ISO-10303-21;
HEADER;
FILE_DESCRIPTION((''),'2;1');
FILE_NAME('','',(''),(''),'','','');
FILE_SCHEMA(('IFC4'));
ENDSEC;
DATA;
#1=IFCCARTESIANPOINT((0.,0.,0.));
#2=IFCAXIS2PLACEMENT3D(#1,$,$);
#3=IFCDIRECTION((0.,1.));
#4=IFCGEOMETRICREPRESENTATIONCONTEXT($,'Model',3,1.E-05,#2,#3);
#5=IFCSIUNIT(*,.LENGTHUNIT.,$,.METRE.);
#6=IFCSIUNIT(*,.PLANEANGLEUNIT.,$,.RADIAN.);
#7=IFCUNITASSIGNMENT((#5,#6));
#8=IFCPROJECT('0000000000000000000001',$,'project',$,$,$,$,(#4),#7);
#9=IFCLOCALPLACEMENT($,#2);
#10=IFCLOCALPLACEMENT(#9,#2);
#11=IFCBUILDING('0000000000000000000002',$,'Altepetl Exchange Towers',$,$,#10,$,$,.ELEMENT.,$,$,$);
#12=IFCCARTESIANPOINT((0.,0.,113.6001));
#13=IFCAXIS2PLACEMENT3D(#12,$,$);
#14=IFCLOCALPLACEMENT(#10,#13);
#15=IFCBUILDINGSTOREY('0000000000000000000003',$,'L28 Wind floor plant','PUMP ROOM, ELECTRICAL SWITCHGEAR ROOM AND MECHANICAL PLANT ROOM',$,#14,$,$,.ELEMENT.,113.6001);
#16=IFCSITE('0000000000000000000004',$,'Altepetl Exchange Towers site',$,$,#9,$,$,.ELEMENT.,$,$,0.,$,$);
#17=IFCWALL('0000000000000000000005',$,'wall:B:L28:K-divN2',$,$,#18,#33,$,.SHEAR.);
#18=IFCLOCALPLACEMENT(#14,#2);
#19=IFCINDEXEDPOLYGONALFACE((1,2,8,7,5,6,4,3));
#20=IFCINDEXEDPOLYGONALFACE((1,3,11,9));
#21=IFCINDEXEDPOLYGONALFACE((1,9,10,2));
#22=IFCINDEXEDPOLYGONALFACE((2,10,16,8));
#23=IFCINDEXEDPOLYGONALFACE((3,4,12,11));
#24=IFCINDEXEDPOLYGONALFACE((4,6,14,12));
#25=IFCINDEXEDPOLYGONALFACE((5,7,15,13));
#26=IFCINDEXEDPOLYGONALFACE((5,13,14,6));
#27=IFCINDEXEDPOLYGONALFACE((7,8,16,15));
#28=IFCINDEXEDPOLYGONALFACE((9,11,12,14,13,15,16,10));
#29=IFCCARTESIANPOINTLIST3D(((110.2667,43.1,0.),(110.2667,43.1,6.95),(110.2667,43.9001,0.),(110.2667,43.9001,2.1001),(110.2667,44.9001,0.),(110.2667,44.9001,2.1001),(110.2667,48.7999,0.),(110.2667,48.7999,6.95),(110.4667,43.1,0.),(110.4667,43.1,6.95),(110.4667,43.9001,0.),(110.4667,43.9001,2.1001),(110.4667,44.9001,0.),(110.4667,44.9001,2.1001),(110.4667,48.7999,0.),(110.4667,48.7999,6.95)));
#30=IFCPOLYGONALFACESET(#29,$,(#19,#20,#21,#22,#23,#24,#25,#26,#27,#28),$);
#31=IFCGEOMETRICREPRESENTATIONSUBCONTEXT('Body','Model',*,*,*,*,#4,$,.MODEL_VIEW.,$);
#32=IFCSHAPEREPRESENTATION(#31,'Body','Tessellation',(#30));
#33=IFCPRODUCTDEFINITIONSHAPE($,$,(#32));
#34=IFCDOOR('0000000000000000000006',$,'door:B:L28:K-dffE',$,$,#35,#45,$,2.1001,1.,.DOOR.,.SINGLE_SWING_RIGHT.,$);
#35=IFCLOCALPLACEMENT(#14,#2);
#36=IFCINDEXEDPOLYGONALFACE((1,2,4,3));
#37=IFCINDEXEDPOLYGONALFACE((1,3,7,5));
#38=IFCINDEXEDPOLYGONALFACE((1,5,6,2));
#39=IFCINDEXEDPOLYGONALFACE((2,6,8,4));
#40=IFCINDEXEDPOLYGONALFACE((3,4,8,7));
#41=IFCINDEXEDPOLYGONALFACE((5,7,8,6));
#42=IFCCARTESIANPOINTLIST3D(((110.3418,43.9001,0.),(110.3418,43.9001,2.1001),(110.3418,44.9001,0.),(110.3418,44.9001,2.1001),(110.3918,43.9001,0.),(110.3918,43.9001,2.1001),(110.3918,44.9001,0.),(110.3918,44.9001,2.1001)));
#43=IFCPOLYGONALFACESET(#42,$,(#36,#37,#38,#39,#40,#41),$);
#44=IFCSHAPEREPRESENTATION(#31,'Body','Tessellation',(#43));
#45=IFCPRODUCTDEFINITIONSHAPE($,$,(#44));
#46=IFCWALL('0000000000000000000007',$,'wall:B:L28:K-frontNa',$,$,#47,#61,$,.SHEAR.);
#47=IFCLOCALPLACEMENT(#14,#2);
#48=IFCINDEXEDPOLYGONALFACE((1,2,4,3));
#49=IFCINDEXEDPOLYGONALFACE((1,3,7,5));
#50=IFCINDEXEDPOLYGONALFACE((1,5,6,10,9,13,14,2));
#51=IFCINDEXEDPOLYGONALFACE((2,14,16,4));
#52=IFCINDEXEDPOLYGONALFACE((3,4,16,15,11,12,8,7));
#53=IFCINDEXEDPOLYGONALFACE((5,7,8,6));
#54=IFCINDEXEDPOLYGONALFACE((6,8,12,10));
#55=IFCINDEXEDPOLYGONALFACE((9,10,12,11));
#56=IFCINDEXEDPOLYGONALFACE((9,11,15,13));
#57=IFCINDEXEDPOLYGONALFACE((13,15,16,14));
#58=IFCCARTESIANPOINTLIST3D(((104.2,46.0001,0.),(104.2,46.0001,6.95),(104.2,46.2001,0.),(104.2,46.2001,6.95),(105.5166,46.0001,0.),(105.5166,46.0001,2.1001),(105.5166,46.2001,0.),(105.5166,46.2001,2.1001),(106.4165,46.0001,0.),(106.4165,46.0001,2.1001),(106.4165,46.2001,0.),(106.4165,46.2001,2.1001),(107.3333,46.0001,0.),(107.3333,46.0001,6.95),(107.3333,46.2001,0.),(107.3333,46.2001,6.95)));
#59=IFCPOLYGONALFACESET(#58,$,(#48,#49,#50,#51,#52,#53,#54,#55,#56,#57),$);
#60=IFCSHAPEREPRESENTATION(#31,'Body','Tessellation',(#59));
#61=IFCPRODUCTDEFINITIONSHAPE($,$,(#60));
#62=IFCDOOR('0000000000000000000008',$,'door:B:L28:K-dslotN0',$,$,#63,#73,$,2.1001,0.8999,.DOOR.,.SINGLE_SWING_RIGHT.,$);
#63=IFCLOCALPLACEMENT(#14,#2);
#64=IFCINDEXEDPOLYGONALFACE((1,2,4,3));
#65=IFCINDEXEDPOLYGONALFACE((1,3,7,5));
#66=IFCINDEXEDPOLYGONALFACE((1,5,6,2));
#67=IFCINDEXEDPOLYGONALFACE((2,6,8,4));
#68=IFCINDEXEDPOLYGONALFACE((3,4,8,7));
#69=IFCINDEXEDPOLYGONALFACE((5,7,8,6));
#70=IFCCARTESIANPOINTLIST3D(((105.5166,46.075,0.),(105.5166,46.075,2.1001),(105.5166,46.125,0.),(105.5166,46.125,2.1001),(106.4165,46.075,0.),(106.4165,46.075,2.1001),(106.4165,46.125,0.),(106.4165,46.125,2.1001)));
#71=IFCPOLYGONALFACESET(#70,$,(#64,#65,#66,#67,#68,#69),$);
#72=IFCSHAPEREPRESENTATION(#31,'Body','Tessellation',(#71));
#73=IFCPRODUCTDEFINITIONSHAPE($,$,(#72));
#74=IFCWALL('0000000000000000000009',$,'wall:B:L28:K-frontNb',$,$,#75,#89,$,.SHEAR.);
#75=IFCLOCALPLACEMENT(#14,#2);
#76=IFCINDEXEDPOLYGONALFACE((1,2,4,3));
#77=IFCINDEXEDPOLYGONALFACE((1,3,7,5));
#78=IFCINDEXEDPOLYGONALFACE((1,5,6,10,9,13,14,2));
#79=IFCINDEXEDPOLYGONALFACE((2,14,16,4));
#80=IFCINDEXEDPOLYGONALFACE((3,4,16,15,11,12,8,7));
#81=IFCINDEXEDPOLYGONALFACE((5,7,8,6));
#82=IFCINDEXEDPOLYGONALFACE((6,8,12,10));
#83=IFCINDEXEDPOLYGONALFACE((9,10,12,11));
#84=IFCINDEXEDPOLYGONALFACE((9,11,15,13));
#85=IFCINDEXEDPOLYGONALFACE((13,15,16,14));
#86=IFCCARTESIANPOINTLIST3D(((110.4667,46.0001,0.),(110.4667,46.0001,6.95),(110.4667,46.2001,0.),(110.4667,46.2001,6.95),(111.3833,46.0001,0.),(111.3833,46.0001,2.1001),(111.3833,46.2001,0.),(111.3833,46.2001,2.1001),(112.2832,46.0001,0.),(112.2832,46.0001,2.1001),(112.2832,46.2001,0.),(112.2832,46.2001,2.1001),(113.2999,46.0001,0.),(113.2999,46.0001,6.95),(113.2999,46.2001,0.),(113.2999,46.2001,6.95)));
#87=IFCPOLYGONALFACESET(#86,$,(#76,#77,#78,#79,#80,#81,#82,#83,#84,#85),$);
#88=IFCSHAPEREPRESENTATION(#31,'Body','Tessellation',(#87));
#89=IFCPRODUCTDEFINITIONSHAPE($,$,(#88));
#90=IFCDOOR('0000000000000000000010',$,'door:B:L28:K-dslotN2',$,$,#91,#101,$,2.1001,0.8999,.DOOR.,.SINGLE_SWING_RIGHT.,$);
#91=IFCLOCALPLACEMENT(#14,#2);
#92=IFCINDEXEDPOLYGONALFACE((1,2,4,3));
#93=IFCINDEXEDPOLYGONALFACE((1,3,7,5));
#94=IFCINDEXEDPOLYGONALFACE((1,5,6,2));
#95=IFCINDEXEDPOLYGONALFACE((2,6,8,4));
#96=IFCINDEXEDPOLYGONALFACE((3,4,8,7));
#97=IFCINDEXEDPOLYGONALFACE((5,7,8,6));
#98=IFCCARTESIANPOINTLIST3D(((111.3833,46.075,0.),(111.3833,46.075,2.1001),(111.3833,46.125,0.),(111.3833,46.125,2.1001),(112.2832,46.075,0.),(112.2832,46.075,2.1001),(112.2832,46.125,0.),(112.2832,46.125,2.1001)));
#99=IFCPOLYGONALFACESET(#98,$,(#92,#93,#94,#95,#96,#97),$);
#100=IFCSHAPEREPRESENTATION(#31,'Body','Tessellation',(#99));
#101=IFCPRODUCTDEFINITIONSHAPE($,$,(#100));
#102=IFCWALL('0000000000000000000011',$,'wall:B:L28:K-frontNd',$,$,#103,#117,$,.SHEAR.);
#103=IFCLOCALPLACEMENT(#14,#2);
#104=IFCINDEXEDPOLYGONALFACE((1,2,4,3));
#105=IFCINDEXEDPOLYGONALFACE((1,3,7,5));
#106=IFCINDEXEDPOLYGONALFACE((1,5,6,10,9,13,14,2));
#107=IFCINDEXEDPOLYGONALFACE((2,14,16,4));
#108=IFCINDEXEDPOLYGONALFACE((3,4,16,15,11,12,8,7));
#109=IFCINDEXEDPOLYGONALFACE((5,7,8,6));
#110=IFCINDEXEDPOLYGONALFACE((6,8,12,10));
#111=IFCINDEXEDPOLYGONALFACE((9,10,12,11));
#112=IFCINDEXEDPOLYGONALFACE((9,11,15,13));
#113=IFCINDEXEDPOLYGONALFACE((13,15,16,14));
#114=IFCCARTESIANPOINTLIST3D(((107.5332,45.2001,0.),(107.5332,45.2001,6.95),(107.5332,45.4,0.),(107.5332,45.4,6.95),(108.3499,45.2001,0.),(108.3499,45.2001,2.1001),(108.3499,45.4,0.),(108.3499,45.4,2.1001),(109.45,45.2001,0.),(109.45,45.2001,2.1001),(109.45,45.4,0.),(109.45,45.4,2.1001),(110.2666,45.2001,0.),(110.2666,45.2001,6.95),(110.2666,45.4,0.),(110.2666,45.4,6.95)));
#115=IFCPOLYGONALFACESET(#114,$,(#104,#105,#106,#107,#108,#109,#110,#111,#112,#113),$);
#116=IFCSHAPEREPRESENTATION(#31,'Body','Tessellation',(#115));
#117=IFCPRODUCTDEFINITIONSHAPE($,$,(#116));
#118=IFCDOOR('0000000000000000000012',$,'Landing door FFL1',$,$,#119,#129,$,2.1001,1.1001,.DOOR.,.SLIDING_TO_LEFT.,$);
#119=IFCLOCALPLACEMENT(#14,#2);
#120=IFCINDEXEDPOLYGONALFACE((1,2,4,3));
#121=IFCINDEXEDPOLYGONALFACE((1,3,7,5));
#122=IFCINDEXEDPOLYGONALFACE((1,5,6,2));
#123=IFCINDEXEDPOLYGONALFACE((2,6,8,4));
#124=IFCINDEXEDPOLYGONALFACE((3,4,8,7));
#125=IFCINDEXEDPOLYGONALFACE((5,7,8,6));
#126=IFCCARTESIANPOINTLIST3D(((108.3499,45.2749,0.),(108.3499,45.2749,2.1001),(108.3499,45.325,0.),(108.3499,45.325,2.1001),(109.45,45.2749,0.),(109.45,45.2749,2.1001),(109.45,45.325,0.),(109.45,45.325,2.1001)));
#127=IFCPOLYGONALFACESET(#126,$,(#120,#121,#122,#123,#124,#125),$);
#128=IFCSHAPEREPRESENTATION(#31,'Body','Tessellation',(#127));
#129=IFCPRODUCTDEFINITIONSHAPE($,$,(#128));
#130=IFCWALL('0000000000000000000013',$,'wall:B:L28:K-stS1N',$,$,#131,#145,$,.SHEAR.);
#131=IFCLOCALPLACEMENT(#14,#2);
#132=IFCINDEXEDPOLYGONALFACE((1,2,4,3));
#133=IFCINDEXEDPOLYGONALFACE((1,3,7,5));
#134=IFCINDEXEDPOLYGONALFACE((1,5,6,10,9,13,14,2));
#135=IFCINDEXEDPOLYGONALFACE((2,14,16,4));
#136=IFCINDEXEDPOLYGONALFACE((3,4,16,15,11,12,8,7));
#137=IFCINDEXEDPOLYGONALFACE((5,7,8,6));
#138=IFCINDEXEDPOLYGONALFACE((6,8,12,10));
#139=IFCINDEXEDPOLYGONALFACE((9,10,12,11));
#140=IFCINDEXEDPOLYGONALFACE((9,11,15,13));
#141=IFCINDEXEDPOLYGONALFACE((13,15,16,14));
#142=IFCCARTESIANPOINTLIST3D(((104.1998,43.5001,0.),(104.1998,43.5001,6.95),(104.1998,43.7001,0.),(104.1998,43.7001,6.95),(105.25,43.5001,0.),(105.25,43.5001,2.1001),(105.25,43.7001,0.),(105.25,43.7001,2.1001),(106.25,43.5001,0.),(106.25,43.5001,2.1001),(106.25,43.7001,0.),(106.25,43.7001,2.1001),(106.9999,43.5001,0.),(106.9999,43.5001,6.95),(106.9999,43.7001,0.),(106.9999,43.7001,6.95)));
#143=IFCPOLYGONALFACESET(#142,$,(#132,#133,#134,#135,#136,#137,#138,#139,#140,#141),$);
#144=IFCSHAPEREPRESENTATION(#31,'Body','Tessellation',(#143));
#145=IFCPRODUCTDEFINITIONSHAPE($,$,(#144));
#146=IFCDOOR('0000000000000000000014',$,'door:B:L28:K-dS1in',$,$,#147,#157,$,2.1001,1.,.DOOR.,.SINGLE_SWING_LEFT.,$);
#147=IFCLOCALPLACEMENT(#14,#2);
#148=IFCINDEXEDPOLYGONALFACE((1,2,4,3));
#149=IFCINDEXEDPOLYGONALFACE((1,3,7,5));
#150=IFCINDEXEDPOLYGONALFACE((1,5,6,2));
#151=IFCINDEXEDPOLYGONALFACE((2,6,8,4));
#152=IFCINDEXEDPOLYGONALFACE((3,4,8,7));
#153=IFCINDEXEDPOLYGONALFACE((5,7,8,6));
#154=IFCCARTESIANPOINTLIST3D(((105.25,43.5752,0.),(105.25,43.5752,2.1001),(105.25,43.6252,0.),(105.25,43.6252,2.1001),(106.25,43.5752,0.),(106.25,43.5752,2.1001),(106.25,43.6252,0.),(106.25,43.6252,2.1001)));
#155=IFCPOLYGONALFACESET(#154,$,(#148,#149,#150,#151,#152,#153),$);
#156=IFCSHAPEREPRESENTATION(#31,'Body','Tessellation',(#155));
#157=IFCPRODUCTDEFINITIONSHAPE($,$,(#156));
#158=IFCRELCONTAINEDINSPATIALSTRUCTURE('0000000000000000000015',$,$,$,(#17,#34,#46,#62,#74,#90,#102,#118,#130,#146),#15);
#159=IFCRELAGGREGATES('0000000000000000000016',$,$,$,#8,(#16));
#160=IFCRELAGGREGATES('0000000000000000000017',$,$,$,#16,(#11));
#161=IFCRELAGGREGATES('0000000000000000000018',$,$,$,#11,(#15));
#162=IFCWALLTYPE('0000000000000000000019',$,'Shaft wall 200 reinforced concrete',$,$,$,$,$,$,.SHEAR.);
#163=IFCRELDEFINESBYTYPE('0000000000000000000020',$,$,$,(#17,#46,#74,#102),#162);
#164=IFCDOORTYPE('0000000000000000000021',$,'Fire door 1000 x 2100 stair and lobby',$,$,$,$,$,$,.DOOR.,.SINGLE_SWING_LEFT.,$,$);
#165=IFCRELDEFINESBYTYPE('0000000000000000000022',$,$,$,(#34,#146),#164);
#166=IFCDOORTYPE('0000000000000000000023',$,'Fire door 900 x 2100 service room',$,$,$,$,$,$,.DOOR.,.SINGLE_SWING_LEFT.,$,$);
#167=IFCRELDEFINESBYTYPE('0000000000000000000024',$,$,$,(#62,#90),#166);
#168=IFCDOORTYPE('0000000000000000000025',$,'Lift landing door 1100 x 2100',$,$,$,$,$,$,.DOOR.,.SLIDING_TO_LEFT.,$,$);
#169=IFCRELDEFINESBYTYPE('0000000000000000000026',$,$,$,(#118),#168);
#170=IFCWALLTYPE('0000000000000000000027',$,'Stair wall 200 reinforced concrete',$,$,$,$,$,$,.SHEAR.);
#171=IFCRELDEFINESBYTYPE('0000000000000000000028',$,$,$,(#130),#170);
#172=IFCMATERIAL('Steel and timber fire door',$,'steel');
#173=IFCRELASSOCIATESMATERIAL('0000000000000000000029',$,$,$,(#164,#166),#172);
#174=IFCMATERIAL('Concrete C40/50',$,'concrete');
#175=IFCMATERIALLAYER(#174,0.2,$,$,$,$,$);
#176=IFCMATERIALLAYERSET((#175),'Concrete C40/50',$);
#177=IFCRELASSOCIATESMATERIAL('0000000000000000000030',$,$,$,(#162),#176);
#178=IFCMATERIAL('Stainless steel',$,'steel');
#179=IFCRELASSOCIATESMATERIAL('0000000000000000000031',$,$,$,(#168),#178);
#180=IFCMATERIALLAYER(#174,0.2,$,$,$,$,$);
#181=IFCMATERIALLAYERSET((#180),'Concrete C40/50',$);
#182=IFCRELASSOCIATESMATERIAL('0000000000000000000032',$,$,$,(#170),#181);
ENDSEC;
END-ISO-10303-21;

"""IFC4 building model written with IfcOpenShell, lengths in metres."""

from ifc_helpers import new_model, si_unit, direction, frame, frame_2d, origin, place, context, subcontext, project, spatial, rectangle, extrude, material, layer, layer_set, type_object, element, fill, save


model = new_model("IFC4")

# Units and contexts
model_context = context("Model", 3, precision=1e-05, world=origin(), true_north=direction((0.0, 1.0)))
body_context = subcontext(model_context, "Body", "Model", "MODEL_VIEW")
ifc_project = project(units=[si_unit("LENGTHUNIT", "METRE"), si_unit("PLANEANGLEUNIT", "RADIAN")], contexts=[model_context])

# Site, building, storey
site_placement = place(None, origin())
site = spatial("IfcSite", under=ifc_project, at=site_placement, Name="Altepetl Exchange Towers site", CompositionType="ELEMENT", RefElevation=0.0)
building_placement = place(site_placement, origin())
building = spatial("IfcBuilding", under=site, at=building_placement, Name="Altepetl Exchange Towers", CompositionType="ELEMENT")
storey_placement = place(building_placement, frame((0.0, 0.0, 113.6001)))
storey = spatial("IfcBuildingStorey", under=building, at=storey_placement, Name="L28 Wind floor plant", Description="PUMP ROOM, ELECTRICAL SWITCHGEAR ROOM AND MECHANICAL PLANT ROOM", CompositionType="ELEMENT", Elevation=113.6001)

# Shared definitions
ifc_material_1 = material(Name="Steel and timber fire door", Category="steel")
door_type_1 = type_object("IfcDoorType", Name="Fire door 1000 x 2100 stair and lobby", OperationType="SINGLE_SWING_LEFT", PredefinedType="DOOR", material=ifc_material_1)
door_type_2 = type_object("IfcDoorType", Name="Fire door 900 x 2100 service room", OperationType="SINGLE_SWING_LEFT", PredefinedType="DOOR", material=ifc_material_1)

# Shared definitions
ifc_material_2 = material(Name="Concrete C40/50", Category="concrete")
ifc_layer_1 = layer(ifc_material_2, 0.2)
ifc_layer_set_1 = layer_set([ifc_layer_1], Name="Concrete C40/50")
wall_type_1 = type_object("IfcWallType", Name="Shaft wall 200 reinforced concrete", PredefinedType="SHEAR", material=ifc_layer_set_1)

# Walls, openings, doors
wall_1_placement = place(storey_placement, frame((110.3667, 48.8, 0.0), z_axis=(0.0, 0.0, 1.0), x_axis=(0.0, -1.0, 0.0)))
wall_1 = element("IfcWall", 1, at=wall_1_placement, inside=storey, type_object=wall_type_1, Name="wall:B:L28:K-divN2", PredefinedType="SHEAR", context=body_context, shape_type="SweptSolid", body=[
    extrude(rectangle(XDim=5.7, YDim=0.2, at=frame_2d((2.8501, 0.0))), origin(), (0.0, 0.0, 1.0), 6.95),
])
opening_1_placement = place(wall_1_placement, frame((3.8999, 0.0, 0.0)))
opening_1 = element("IfcOpeningElement", 2, at=opening_1_placement, cuts=wall_1, PredefinedType="OPENING", context=body_context, shape_type="SweptSolid", body=[
    extrude(rectangle(XDim=1.0, YDim=2.1001, at=frame_2d((0.5, 1.05))), frame((0.0, 0.1099, 0.0), z_axis=(0.0, -1.0, 0.0), x_axis=(1.0, 0.0, 0.0)), (0.0, 0.0, 1.0), 0.22),
])
door_1_placement = place(opening_1_placement, frame((1.0, 0.0, 0.0), x_axis=(-1.0, 0.0, 0.0)))
door_1 = element("IfcDoor", 3, at=door_1_placement, inside=storey, type_object=door_type_1, Name="door:B:L28:K-dffE", OperationType="SINGLE_SWING_RIGHT", OverallHeight=2.1001, OverallWidth=1.0, PredefinedType="DOOR", context=body_context, shape_type="SweptSolid", body=[
    extrude(rectangle(XDim=1.0, YDim=2.1001, at=frame_2d((0.5, 1.05))), frame((0.0, 0.0249, 0.0), z_axis=(0.0, -1.0, 0.0), x_axis=(1.0, 0.0, 0.0)), (0.0, 0.0, 1.0), 0.05),
])
fill(opening_1, door_1)
wall_2_placement = place(storey_placement, frame((104.2, 46.1001, 0.0)))
wall_2 = element("IfcWall", 4, at=wall_2_placement, inside=storey, type_object=wall_type_1, Name="wall:B:L28:K-frontNa", PredefinedType="SHEAR", context=body_context, shape_type="SweptSolid", body=[
    extrude(rectangle(XDim=3.1333, YDim=0.2, at=frame_2d((1.5667, 0.0))), origin(), (0.0, 0.0, 1.0), 6.95),
])
opening_2_placement = place(wall_2_placement, frame((1.3167, 0.0, 0.0)))
opening_2 = element("IfcOpeningElement", 5, at=opening_2_placement, cuts=wall_2, PredefinedType="OPENING", context=body_context, shape_type="SweptSolid", body=[
    extrude(rectangle(XDim=0.8999, YDim=2.1001, at=frame_2d((0.45, 1.05))), frame((0.0, 0.1099, 0.0), z_axis=(0.0, -1.0, 0.0), x_axis=(1.0, 0.0, 0.0)), (0.0, 0.0, 1.0), 0.22),
])
door_2_placement = place(opening_2_placement, origin())
door_2 = element("IfcDoor", 6, at=door_2_placement, inside=storey, type_object=door_type_2, Name="door:B:L28:K-dslotN0", OperationType="SINGLE_SWING_RIGHT", OverallHeight=2.1001, OverallWidth=0.8999, PredefinedType="DOOR", context=body_context, shape_type="SweptSolid", body=[
    extrude(rectangle(XDim=0.8999, YDim=2.1001, at=frame_2d((0.45, 1.05))), frame((0.0, 0.0249, 0.0), z_axis=(0.0, -1.0, 0.0), x_axis=(1.0, 0.0, 0.0)), (0.0, 0.0, 1.0), 0.05),
])
fill(opening_2, door_2)
wall_3_placement = place(storey_placement, frame((110.4668, 46.1001, 0.0)))
wall_3 = element("IfcWall", 7, at=wall_3_placement, inside=storey, type_object=wall_type_1, Name="wall:B:L28:K-frontNb", PredefinedType="SHEAR", context=body_context, shape_type="SweptSolid", body=[
    extrude(rectangle(XDim=2.8333, YDim=0.2, at=frame_2d((1.4165, 0.0))), origin(), (0.0, 0.0, 1.0), 6.95),
])
opening_3_placement = place(wall_3_placement, frame((0.9165, 0.0, 0.0)))
opening_3 = element("IfcOpeningElement", 8, at=opening_3_placement, cuts=wall_3, PredefinedType="OPENING", context=body_context, shape_type="SweptSolid", body=[
    extrude(rectangle(XDim=0.8999, YDim=2.1001, at=frame_2d((0.45, 1.05))), frame((0.0, 0.1099, 0.0), z_axis=(0.0, -1.0, 0.0), x_axis=(1.0, 0.0, 0.0)), (0.0, 0.0, 1.0), 0.22),
])
door_3_placement = place(opening_3_placement, origin())
door_3 = element("IfcDoor", 9, at=door_3_placement, inside=storey, type_object=door_type_2, Name="door:B:L28:K-dslotN2", OperationType="SINGLE_SWING_RIGHT", OverallHeight=2.1001, OverallWidth=0.8999, PredefinedType="DOOR", context=body_context, shape_type="SweptSolid", body=[
    extrude(rectangle(XDim=0.8999, YDim=2.1001, at=frame_2d((0.45, 1.05))), frame((0.0, 0.0249, 0.0), z_axis=(0.0, -1.0, 0.0), x_axis=(1.0, 0.0, 0.0)), (0.0, 0.0, 1.0), 0.05),
])
fill(opening_3, door_3)
wall_4_placement = place(storey_placement, frame((107.5332, 45.3, 0.0)))
wall_4 = element("IfcWall", 10, at=wall_4_placement, inside=storey, type_object=wall_type_1, Name="wall:B:L28:K-frontNd", PredefinedType="SHEAR", context=body_context, shape_type="SweptSolid", body=[
    extrude(rectangle(XDim=2.7334, YDim=0.2, at=frame_2d((1.3667, 0.0))), origin(), (0.0, 0.0, 1.0), 6.95),
])
opening_4_placement = place(wall_4_placement, frame((0.8167, 0.0, 0.0)))
opening_4 = element("IfcOpeningElement", 11, at=opening_4_placement, cuts=wall_4, PredefinedType="OPENING", context=body_context, shape_type="SweptSolid", body=[
    extrude(rectangle(XDim=1.1001, YDim=2.1001, at=frame_2d((0.55, 1.05))), frame((0.0, 0.1099, 0.0), z_axis=(0.0, -1.0, 0.0), x_axis=(1.0, 0.0, 0.0)), (0.0, 0.0, 1.0), 0.22),
])
ifc_material_3 = material(Name="Stainless steel", Category="steel")
door_type_3 = type_object("IfcDoorType", Name="Lift landing door 1100 x 2100", OperationType="SLIDING_TO_LEFT", PredefinedType="DOOR", material=ifc_material_3)
door_4_placement = place(opening_4_placement, origin())
door_4 = element("IfcDoor", 12, at=door_4_placement, inside=storey, type_object=door_type_3, Name="Landing door FFL1", OperationType="SLIDING_TO_LEFT", OverallHeight=2.1001, OverallWidth=1.1001, PredefinedType="DOOR", context=body_context, shape_type="SweptSolid", body=[
    extrude(rectangle(XDim=1.1001, YDim=2.1001, at=frame_2d((0.55, 1.05))), frame((0.0, 0.0249, 0.0), z_axis=(0.0, -1.0, 0.0), x_axis=(1.0, 0.0, 0.0)), (0.0, 0.0, 1.0), 0.05),
])
fill(opening_4, door_4)
ifc_layer_2 = layer(ifc_material_2, 0.2)
ifc_layer_set_2 = layer_set([ifc_layer_2], Name="Concrete C40/50")
wall_type_2 = type_object("IfcWallType", Name="Stair wall 200 reinforced concrete", PredefinedType="SHEAR", material=ifc_layer_set_2)
wall_5_placement = place(storey_placement, frame((104.2, 43.6001, 0.0)))
wall_5 = element("IfcWall", 13, at=wall_5_placement, inside=storey, type_object=wall_type_2, Name="wall:B:L28:K-stS1N", PredefinedType="SHEAR", context=body_context, shape_type="SweptSolid", body=[
    extrude(rectangle(XDim=2.8, YDim=0.2, at=frame_2d((1.3999, 0.0))), origin(), (0.0, 0.0, 1.0), 6.95),
])
opening_5_placement = place(wall_5_placement, frame((1.05, 0.0, 0.0)))
opening_5 = element("IfcOpeningElement", 14, at=opening_5_placement, cuts=wall_5, PredefinedType="OPENING", context=body_context, shape_type="SweptSolid", body=[
    extrude(rectangle(XDim=1.0, YDim=2.1001, at=frame_2d((0.5, 1.05))), frame((0.0, 0.1099, 0.0), z_axis=(0.0, -1.0, 0.0), x_axis=(1.0, 0.0, 0.0)), (0.0, 0.0, 1.0), 0.22),
])
door_5_placement = place(opening_5_placement, frame((1.0, 0.0, 0.0), x_axis=(-1.0, 0.0, 0.0)))
door_5 = element("IfcDoor", 15, at=door_5_placement, inside=storey, type_object=door_type_1, Name="door:B:L28:K-dS1in", OperationType="SINGLE_SWING_LEFT", OverallHeight=2.1001, OverallWidth=1.0, PredefinedType="DOOR", context=body_context, shape_type="SweptSolid", body=[
    extrude(rectangle(XDim=1.0, YDim=2.1001, at=frame_2d((0.5, 1.05))), frame((0.0, 0.0249, 0.0), z_axis=(0.0, -1.0, 0.0), x_axis=(1.0, 0.0, 0.0)), (0.0, 0.0, 1.0), 0.05),
])
fill(opening_5, door_5)

save(model, "model.ifc")
